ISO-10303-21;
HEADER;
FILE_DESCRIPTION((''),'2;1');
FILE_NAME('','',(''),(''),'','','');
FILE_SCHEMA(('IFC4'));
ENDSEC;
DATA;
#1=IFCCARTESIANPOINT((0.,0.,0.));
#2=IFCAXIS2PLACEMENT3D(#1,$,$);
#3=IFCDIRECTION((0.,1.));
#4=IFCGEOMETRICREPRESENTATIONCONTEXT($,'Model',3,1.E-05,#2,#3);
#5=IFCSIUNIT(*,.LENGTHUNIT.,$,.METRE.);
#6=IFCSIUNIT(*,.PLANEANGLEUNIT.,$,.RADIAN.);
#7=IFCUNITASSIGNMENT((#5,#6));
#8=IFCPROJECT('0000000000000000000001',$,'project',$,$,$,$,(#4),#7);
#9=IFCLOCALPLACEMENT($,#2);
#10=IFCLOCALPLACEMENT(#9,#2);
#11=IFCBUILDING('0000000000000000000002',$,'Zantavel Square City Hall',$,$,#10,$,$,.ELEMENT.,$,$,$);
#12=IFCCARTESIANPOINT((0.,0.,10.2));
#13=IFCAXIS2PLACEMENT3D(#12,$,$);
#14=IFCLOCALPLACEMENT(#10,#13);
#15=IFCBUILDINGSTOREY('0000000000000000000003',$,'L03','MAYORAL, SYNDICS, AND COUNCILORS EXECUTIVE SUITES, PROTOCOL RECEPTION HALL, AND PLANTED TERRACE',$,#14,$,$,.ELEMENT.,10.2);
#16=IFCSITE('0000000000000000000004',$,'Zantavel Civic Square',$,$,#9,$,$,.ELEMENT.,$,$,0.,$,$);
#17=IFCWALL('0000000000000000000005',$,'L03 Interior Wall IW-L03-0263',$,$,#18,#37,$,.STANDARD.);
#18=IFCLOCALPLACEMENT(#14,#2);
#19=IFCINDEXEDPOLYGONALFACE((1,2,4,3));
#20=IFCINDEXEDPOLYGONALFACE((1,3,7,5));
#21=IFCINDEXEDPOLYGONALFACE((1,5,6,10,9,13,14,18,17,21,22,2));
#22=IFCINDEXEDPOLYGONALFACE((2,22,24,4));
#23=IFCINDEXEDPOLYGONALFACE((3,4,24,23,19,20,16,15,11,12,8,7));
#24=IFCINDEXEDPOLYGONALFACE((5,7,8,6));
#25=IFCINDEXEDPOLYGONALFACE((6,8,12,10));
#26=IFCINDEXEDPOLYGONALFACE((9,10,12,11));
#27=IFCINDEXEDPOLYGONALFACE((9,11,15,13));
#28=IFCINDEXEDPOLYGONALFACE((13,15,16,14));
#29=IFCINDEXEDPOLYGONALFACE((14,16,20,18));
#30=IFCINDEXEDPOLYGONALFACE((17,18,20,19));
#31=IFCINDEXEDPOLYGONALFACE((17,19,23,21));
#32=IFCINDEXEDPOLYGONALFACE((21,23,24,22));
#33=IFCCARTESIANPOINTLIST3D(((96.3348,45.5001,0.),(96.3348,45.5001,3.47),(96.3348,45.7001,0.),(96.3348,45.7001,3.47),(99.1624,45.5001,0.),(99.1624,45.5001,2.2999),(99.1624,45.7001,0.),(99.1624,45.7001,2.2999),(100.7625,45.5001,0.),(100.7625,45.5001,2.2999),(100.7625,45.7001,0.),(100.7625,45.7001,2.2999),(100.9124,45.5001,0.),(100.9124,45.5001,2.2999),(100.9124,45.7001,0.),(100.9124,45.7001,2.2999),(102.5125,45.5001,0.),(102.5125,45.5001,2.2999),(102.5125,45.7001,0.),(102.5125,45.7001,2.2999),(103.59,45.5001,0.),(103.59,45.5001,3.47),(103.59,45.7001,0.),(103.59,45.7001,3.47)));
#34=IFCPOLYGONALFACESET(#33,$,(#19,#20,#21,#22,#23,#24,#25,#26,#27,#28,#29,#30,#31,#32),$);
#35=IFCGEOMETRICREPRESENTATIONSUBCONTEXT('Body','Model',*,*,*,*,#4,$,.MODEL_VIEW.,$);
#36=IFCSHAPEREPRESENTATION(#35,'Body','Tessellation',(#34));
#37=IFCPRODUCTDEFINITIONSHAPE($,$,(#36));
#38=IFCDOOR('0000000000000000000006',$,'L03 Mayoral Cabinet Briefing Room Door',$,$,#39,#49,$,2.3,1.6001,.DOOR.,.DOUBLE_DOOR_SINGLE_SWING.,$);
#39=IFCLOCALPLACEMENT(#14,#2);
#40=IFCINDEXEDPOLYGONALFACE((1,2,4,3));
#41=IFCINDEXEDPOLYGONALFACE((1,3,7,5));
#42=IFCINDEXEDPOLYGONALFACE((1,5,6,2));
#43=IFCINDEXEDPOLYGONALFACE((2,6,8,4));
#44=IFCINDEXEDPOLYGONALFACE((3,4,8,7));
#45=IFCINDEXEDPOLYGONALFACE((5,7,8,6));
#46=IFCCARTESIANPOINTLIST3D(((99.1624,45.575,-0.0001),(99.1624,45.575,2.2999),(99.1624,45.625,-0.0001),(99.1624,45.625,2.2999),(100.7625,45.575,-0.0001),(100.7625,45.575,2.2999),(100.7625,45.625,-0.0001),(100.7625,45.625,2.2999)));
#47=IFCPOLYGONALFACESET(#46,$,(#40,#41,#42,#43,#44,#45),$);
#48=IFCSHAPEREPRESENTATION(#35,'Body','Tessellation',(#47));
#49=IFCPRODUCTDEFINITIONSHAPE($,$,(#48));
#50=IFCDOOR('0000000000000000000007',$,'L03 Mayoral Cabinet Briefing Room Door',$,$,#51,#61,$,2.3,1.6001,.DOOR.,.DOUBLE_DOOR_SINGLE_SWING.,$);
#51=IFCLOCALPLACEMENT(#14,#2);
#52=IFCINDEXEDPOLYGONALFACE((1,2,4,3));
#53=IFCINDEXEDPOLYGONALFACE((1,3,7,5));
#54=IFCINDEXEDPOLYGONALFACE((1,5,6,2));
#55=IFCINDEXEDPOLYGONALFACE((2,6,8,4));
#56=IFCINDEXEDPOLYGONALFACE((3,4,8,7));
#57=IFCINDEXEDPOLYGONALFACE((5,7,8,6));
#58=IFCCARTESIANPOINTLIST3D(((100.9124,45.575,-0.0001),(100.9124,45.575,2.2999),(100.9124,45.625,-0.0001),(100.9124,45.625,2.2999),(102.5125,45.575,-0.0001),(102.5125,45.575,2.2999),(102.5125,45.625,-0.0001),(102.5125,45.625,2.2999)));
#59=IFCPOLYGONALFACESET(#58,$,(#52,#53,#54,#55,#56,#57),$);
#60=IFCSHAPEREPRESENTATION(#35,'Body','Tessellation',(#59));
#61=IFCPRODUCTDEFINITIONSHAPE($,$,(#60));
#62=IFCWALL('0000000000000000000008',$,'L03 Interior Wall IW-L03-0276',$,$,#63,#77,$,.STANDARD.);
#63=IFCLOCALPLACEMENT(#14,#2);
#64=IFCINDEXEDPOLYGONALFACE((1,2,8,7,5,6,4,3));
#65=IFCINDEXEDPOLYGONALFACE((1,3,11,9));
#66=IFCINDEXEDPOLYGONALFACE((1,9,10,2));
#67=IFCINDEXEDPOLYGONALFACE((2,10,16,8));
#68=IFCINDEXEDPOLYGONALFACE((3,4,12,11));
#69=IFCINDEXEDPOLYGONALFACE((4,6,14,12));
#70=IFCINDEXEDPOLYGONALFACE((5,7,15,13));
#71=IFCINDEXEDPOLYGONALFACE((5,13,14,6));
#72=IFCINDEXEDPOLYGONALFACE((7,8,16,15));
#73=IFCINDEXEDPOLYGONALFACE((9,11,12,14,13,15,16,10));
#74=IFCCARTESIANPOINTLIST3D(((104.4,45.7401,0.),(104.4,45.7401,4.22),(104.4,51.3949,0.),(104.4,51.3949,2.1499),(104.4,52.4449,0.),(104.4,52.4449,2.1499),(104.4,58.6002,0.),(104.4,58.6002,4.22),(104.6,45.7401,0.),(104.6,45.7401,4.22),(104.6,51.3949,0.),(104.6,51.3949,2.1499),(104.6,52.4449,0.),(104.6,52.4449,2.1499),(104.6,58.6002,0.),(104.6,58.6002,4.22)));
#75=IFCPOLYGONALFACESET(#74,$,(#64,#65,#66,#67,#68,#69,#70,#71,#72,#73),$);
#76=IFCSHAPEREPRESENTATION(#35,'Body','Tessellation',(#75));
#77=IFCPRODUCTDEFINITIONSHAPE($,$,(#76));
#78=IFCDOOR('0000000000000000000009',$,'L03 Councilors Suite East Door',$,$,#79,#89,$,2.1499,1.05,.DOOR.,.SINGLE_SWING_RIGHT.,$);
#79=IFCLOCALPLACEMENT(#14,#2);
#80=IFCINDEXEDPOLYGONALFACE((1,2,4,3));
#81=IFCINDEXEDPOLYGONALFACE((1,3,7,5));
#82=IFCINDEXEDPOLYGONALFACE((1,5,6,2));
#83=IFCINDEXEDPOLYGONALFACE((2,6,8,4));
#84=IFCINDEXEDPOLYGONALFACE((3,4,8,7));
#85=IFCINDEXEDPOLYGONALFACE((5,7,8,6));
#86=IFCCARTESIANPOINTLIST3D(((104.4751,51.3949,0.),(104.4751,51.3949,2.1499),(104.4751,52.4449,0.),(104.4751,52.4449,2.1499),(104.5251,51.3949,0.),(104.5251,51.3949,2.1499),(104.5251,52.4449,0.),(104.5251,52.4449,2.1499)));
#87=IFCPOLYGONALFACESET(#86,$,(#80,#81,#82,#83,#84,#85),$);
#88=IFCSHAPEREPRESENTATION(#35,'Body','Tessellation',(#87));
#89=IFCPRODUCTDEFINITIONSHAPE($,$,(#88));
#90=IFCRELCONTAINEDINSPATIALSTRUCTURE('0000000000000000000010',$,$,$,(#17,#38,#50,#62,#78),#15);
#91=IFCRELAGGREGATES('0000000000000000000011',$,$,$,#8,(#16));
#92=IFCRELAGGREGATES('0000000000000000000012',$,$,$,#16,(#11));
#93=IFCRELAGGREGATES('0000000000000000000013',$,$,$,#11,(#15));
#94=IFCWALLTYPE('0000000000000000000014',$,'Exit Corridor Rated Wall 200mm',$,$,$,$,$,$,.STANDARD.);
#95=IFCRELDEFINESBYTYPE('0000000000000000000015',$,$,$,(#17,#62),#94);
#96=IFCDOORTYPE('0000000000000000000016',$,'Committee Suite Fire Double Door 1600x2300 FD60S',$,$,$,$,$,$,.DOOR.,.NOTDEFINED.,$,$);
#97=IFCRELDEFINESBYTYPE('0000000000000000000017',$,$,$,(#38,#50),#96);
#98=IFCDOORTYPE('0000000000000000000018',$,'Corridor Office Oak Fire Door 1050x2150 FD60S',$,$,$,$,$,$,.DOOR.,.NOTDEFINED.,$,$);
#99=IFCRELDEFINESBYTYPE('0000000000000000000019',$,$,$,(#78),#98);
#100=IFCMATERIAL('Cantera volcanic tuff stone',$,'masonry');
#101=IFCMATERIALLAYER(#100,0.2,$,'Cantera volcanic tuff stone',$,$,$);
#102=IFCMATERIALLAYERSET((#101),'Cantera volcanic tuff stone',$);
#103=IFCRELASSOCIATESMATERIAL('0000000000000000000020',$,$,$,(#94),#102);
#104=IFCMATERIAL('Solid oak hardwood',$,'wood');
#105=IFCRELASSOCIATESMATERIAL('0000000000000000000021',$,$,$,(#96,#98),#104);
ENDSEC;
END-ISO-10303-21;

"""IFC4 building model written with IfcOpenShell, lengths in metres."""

from ifc_helpers import new_model, si_unit, direction, frame, frame_2d, origin, place, context, subcontext, project, spatial, rectangle, extrude, material, layer, layer_set, type_object, element, fill, save


model = new_model("IFC4")

# Units and contexts
model_context = context("Model", 3, precision=1e-05, world=origin(), true_north=direction((0.0, 1.0)))
body_context = subcontext(model_context, "Body", "Model", "MODEL_VIEW")
ifc_project = project(units=[si_unit("LENGTHUNIT", "METRE"), si_unit("PLANEANGLEUNIT", "RADIAN")], contexts=[model_context])

# Site, building, storey
site_placement = place(None, origin())
site = spatial("IfcSite", under=ifc_project, at=site_placement, Name="Zantavel Civic Square", CompositionType="ELEMENT", RefElevation=0.0)
building_placement = place(site_placement, origin())
building = spatial("IfcBuilding", under=site, at=building_placement, Name="Zantavel Square City Hall", CompositionType="ELEMENT")
storey_placement = place(building_placement, frame((0.0, 0.0, 10.2)))
storey = spatial("IfcBuildingStorey", under=building, at=storey_placement, Name="L03", Description="MAYORAL, SYNDICS, AND COUNCILORS EXECUTIVE SUITES, PROTOCOL RECEPTION HALL, AND PLANTED TERRACE", CompositionType="ELEMENT", Elevation=10.2)

# Wall, openings, doors
ifc_material_1 = material(Name="Cantera volcanic tuff stone", Category="masonry")
ifc_layer_1 = layer(ifc_material_1, 0.2, Name="Cantera volcanic tuff stone")
ifc_layer_set_1 = layer_set([ifc_layer_1], Name="Cantera volcanic tuff stone")
wall_type_1 = type_object("IfcWallType", Name="Exit Corridor Rated Wall 200mm", PredefinedType="STANDARD", material=ifc_layer_set_1)
wall_1_placement = place(storey_placement, frame((96.335, 45.6001, 0.0), z_axis=(0.0, 0.0, 1.0), x_axis=(1.0, 0.0, 0.0)))
wall_1 = element("IfcWall", 1, at=wall_1_placement, inside=storey, type_object=wall_type_1, Name="L03 Interior Wall IW-L03-0263", PredefinedType="STANDARD", context=body_context, shape_type="SweptSolid", body=[
    extrude(rectangle(XDim=7.2551, YDim=0.2, at=frame_2d((3.6274, 0.0))), origin(), (0.0, 0.0, 1.0), 3.47),
])
opening_1_placement = place(wall_1_placement, frame((2.8274, 0.0, 0.0)))
opening_1 = element("IfcOpeningElement", 2, at=opening_1_placement, cuts=wall_1, PredefinedType="OPENING", context=body_context, shape_type="SweptSolid", body=[
    extrude(rectangle(XDim=1.6001, YDim=2.3, at=frame_2d((0.8, 1.1499))), frame((0.0, 0.1099, 0.0), z_axis=(0.0, -1.0, 0.0), x_axis=(1.0, 0.0, 0.0)), (0.0, 0.0, 1.0), 0.22),
])
opening_2_placement = place(wall_1_placement, frame((4.5774, 0.0, 0.0)))
opening_2 = element("IfcOpeningElement", 3, at=opening_2_placement, cuts=wall_1, PredefinedType="OPENING", context=body_context, shape_type="SweptSolid", body=[
    extrude(rectangle(XDim=1.6001, YDim=2.3, at=frame_2d((0.8, 1.1499))), frame((0.0, 0.1099, 0.0), z_axis=(0.0, -1.0, 0.0), x_axis=(1.0, 0.0, 0.0)), (0.0, 0.0, 1.0), 0.22),
])
ifc_material_2 = material(Name="Solid oak hardwood", Category="wood")
door_type_1 = type_object("IfcDoorType", Name="Committee Suite Fire Double Door 1600x2300 FD60S", OperationType="NOTDEFINED", PredefinedType="DOOR", material=ifc_material_2)
door_1_placement = place(opening_1_placement, origin())
door_1 = element("IfcDoor", 4, at=door_1_placement, inside=storey, type_object=door_type_1, Name="L03 Mayoral Cabinet Briefing Room Door", OperationType="DOUBLE_DOOR_SINGLE_SWING", OverallHeight=2.3, OverallWidth=1.6001, PredefinedType="DOOR", context=body_context, shape_type="SweptSolid", body=[
    extrude(rectangle(XDim=1.6001, YDim=2.3, at=frame_2d((0.8, 1.1499))), frame((0.0, 0.0249, 0.0), z_axis=(0.0, -1.0, 0.0), x_axis=(1.0, 0.0, 0.0)), (0.0, 0.0, 1.0), 0.05),
])
fill(opening_1, door_1)
door_2_placement = place(opening_2_placement, origin())
door_2 = element("IfcDoor", 5, at=door_2_placement, inside=storey, type_object=door_type_1, Name="L03 Mayoral Cabinet Briefing Room Door", OperationType="DOUBLE_DOOR_SINGLE_SWING", OverallHeight=2.3, OverallWidth=1.6001, PredefinedType="DOOR", context=body_context, shape_type="SweptSolid", body=[
    extrude(rectangle(XDim=1.6001, YDim=2.3, at=frame_2d((0.8, 1.1499))), frame((0.0, 0.0249, 0.0), z_axis=(0.0, -1.0, 0.0), x_axis=(1.0, 0.0, 0.0)), (0.0, 0.0, 1.0), 0.05),
])
fill(opening_2, door_2)

# Wall, opening, door
wall_2_placement = place(storey_placement, frame((104.5, 45.74, 0.0), z_axis=(0.0, 0.0, 1.0), x_axis=(0.0, 1.0, 0.0)))
wall_2 = element("IfcWall", 6, at=wall_2_placement, inside=storey, type_object=wall_type_1, Name="L03 Interior Wall IW-L03-0276", PredefinedType="STANDARD", context=body_context, shape_type="SweptSolid", body=[
    extrude(rectangle(XDim=12.8601, YDim=0.2, at=frame_2d((6.4302, 0.0))), origin(), (0.0, 0.0, 1.0), 4.22),
])
opening_3_placement = place(wall_2_placement, frame((5.655, 0.0, 0.0)))
opening_3 = element("IfcOpeningElement", 7, at=opening_3_placement, cuts=wall_2, PredefinedType="OPENING", context=body_context, shape_type="SweptSolid", body=[
    extrude(rectangle(XDim=1.05, YDim=2.1499, at=frame_2d((0.5249, 1.075))), frame((0.0, 0.1099, 0.0), z_axis=(0.0, -1.0, 0.0), x_axis=(1.0, 0.0, 0.0)), (0.0, 0.0, 1.0), 0.22),
])
door_type_2 = type_object("IfcDoorType", Name="Corridor Office Oak Fire Door 1050x2150 FD60S", OperationType="NOTDEFINED", PredefinedType="DOOR", material=ifc_material_2)
door_3_placement = place(opening_3_placement, origin())
door_3 = element("IfcDoor", 8, at=door_3_placement, inside=storey, type_object=door_type_2, Name="L03 Councilors Suite East Door", OperationType="SINGLE_SWING_RIGHT", OverallHeight=2.1499, OverallWidth=1.05, PredefinedType="DOOR", context=body_context, shape_type="SweptSolid", body=[
    extrude(rectangle(XDim=1.05, YDim=2.1499, at=frame_2d((0.5249, 1.075))), frame((0.0, 0.0249, 0.0), z_axis=(0.0, -1.0, 0.0), x_axis=(1.0, 0.0, 0.0)), (0.0, 0.0, 1.0), 0.05),
])
fill(opening_3, door_3)

save(model, "model.ifc")
